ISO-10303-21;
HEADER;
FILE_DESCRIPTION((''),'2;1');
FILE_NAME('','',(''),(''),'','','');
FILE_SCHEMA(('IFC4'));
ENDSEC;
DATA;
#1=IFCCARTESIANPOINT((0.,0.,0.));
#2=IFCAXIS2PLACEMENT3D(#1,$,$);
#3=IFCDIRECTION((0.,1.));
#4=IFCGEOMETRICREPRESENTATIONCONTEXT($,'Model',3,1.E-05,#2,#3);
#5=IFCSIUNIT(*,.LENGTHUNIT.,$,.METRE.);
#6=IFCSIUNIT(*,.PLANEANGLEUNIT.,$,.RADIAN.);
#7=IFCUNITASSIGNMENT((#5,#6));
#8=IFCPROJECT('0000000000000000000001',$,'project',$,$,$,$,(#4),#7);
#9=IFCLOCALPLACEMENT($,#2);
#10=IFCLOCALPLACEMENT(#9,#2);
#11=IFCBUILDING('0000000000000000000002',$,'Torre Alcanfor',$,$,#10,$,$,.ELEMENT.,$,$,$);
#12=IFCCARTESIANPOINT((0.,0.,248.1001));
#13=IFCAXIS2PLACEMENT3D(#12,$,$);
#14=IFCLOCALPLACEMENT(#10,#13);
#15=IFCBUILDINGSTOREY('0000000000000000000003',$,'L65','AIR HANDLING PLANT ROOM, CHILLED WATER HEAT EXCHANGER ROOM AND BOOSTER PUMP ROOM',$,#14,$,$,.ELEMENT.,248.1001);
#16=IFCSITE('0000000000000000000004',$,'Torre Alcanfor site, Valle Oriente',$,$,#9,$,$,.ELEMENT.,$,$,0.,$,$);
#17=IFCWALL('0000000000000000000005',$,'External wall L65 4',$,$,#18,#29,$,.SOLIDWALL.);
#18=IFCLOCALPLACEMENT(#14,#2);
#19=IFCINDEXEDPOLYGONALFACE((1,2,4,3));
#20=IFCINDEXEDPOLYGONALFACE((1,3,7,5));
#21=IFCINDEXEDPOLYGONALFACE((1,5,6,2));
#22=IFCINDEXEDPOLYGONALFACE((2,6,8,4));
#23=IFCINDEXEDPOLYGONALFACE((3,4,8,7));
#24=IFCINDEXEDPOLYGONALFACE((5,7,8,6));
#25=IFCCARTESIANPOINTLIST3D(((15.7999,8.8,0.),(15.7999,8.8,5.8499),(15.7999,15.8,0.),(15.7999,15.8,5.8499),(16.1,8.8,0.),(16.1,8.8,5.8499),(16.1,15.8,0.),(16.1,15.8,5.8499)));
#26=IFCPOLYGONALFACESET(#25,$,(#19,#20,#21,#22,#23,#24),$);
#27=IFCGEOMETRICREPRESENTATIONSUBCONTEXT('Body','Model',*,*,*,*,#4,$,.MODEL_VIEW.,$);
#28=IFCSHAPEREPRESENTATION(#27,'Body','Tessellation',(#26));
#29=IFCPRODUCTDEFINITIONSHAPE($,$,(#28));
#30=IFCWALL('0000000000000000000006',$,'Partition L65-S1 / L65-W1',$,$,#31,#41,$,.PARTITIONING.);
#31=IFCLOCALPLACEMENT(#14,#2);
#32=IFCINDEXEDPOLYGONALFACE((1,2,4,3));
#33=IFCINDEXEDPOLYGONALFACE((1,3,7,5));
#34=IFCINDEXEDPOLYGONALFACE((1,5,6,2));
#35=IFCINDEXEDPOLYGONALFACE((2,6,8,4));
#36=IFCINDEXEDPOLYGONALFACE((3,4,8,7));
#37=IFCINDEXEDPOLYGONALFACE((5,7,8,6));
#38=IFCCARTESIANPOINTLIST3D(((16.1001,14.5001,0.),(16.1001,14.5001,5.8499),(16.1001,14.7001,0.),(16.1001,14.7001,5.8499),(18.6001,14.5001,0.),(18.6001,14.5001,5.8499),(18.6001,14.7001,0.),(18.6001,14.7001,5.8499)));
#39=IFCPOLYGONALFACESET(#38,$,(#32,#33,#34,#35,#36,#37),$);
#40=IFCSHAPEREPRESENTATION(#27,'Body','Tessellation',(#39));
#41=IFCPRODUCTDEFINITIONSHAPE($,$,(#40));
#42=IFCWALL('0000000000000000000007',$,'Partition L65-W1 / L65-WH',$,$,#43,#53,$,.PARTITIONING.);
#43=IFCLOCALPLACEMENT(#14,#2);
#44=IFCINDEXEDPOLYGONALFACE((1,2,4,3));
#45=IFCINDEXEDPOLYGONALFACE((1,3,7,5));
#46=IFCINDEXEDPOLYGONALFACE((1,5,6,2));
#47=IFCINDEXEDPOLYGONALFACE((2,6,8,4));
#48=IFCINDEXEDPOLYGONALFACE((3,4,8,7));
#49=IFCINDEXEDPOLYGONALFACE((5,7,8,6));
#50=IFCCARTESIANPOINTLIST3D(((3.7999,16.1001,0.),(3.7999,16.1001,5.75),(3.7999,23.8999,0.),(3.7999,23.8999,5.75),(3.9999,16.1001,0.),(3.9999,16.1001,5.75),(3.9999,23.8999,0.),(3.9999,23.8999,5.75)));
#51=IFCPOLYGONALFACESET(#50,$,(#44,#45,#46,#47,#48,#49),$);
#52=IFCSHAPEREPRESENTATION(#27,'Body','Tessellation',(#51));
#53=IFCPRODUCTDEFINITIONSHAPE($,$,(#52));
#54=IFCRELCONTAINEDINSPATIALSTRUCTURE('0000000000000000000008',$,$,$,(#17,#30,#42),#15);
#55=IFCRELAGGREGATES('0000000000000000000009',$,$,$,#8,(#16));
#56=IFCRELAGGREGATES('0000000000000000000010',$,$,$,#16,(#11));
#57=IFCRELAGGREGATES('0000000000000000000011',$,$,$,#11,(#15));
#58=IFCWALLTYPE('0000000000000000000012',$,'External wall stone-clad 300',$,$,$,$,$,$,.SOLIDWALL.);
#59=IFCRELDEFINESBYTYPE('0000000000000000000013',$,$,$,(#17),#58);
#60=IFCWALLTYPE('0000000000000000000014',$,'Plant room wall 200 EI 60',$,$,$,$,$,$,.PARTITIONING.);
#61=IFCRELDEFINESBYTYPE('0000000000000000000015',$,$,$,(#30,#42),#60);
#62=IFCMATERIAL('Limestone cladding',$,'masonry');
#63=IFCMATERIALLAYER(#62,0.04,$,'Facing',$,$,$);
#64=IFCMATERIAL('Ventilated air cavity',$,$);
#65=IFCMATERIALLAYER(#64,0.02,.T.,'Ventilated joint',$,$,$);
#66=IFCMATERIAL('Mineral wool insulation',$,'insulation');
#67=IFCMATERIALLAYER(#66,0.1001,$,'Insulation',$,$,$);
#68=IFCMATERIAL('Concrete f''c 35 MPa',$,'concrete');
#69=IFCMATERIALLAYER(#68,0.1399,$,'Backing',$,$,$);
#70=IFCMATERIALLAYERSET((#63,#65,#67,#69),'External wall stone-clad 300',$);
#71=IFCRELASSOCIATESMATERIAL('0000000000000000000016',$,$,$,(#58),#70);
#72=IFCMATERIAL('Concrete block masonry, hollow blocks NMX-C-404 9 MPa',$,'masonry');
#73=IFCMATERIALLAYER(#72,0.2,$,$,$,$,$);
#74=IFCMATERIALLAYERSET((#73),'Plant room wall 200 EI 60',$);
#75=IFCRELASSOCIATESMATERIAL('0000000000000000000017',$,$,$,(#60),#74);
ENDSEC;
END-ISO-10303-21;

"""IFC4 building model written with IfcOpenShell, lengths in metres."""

from ifc_helpers import new_model, si_unit, direction, frame, frame_2d, origin, place, context, subcontext, project, spatial, rectangle, extrude, material, layer, layer_set, type_object, element, save


model = new_model("IFC4")

# Units and contexts
model_context = context("Model", 3, precision=1e-05, world=origin(), true_north=direction((0.0, 1.0)))
body_context = subcontext(model_context, "Body", "Model", "MODEL_VIEW")
ifc_project = project(units=[si_unit("LENGTHUNIT", "METRE"), si_unit("PLANEANGLEUNIT", "RADIAN")], contexts=[model_context])

# Site, building, storey
site_placement = place(None, origin())
site = spatial("IfcSite", under=ifc_project, at=site_placement, Name="Torre Alcanfor site, Valle Oriente", CompositionType="ELEMENT", RefElevation=0.0)
building_placement = place(site_placement, origin())
building = spatial("IfcBuilding", under=site, at=building_placement, Name="Torre Alcanfor", CompositionType="ELEMENT")
storey_placement = place(building_placement, frame((0.0, 0.0, 248.1001)))
storey = spatial("IfcBuildingStorey", under=building, at=storey_placement, Name="L65", Description="AIR HANDLING PLANT ROOM, CHILLED WATER HEAT EXCHANGER ROOM AND BOOSTER PUMP ROOM", CompositionType="ELEMENT", Elevation=248.1001)

# Walls
ifc_material_1 = material(Name="Limestone cladding", Category="masonry")
ifc_layer_1 = layer(ifc_material_1, 0.04, Name="Facing")
ifc_material_2 = material(Name="Ventilated air cavity")
ifc_layer_2 = layer(ifc_material_2, 0.02, ventilated=True, Name="Ventilated joint")
ifc_material_3 = material(Name="Mineral wool insulation", Category="insulation")
ifc_layer_3 = layer(ifc_material_3, 0.1001, Name="Insulation")
ifc_material_4 = material(Name="Concrete f'c 35 MPa", Category="concrete")
ifc_layer_4 = layer(ifc_material_4, 0.1399, Name="Backing")
ifc_layer_set_1 = layer_set([ifc_layer_1, ifc_layer_2, ifc_layer_3, ifc_layer_4], Name="External wall stone-clad 300")
wall_type_1 = type_object("IfcWallType", Name="External wall stone-clad 300", PredefinedType="SOLIDWALL", material=ifc_layer_set_1)
wall_1_placement = place(storey_placement, frame((15.95, 15.8, 0.0), z_axis=(0.0, 0.0, 1.0), x_axis=(0.0, -1.0, 0.0)))
element("IfcWall", 1, at=wall_1_placement, inside=storey, type_object=wall_type_1, Name="External wall L65 4", PredefinedType="SOLIDWALL", context=body_context, shape_type="SweptSolid", body=[
    extrude(rectangle(XDim=7.0, YDim=0.3, at=frame_2d((3.5, 0.0))), origin(), (0.0, 0.0, 1.0), 5.8499),
])
ifc_material_5 = material(Name="Concrete block masonry, hollow blocks NMX-C-404 9 MPa", Category="masonry")
ifc_layer_5 = layer(ifc_material_5, 0.2)
ifc_layer_set_2 = layer_set([ifc_layer_5], Name="Plant room wall 200 EI 60")
wall_type_2 = type_object("IfcWallType", Name="Plant room wall 200 EI 60", PredefinedType="PARTITIONING", material=ifc_layer_set_2)
wall_2_placement = place(storey_placement, frame((16.1001, 14.6001, 0.0), z_axis=(0.0, 0.0, 1.0), x_axis=(1.0, 0.0, 0.0)))
element("IfcWall", 2, at=wall_2_placement, inside=storey, type_object=wall_type_2, Name="Partition L65-S1 / L65-W1", PredefinedType="PARTITIONING", context=body_context, shape_type="SweptSolid", body=[
    extrude(rectangle(XDim=2.5, YDim=0.2, at=frame_2d((1.25, 0.0))), origin(), (0.0, 0.0, 1.0), 5.8499),
])
wall_3_placement = place(storey_placement, frame((3.8999, 16.1001, 0.0), z_axis=(0.0, 0.0, 1.0), x_axis=(0.0, 1.0, 0.0)))
element("IfcWall", 3, at=wall_3_placement, inside=storey, type_object=wall_type_2, Name="Partition L65-W1 / L65-WH", PredefinedType="PARTITIONING", context=body_context, shape_type="SweptSolid", body=[
    extrude(rectangle(XDim=7.7998, YDim=0.2, at=frame_2d((3.8999, 0.0))), origin(), (0.0, 0.0, 1.0), 5.75),
])

save(model, "model.ifc")
